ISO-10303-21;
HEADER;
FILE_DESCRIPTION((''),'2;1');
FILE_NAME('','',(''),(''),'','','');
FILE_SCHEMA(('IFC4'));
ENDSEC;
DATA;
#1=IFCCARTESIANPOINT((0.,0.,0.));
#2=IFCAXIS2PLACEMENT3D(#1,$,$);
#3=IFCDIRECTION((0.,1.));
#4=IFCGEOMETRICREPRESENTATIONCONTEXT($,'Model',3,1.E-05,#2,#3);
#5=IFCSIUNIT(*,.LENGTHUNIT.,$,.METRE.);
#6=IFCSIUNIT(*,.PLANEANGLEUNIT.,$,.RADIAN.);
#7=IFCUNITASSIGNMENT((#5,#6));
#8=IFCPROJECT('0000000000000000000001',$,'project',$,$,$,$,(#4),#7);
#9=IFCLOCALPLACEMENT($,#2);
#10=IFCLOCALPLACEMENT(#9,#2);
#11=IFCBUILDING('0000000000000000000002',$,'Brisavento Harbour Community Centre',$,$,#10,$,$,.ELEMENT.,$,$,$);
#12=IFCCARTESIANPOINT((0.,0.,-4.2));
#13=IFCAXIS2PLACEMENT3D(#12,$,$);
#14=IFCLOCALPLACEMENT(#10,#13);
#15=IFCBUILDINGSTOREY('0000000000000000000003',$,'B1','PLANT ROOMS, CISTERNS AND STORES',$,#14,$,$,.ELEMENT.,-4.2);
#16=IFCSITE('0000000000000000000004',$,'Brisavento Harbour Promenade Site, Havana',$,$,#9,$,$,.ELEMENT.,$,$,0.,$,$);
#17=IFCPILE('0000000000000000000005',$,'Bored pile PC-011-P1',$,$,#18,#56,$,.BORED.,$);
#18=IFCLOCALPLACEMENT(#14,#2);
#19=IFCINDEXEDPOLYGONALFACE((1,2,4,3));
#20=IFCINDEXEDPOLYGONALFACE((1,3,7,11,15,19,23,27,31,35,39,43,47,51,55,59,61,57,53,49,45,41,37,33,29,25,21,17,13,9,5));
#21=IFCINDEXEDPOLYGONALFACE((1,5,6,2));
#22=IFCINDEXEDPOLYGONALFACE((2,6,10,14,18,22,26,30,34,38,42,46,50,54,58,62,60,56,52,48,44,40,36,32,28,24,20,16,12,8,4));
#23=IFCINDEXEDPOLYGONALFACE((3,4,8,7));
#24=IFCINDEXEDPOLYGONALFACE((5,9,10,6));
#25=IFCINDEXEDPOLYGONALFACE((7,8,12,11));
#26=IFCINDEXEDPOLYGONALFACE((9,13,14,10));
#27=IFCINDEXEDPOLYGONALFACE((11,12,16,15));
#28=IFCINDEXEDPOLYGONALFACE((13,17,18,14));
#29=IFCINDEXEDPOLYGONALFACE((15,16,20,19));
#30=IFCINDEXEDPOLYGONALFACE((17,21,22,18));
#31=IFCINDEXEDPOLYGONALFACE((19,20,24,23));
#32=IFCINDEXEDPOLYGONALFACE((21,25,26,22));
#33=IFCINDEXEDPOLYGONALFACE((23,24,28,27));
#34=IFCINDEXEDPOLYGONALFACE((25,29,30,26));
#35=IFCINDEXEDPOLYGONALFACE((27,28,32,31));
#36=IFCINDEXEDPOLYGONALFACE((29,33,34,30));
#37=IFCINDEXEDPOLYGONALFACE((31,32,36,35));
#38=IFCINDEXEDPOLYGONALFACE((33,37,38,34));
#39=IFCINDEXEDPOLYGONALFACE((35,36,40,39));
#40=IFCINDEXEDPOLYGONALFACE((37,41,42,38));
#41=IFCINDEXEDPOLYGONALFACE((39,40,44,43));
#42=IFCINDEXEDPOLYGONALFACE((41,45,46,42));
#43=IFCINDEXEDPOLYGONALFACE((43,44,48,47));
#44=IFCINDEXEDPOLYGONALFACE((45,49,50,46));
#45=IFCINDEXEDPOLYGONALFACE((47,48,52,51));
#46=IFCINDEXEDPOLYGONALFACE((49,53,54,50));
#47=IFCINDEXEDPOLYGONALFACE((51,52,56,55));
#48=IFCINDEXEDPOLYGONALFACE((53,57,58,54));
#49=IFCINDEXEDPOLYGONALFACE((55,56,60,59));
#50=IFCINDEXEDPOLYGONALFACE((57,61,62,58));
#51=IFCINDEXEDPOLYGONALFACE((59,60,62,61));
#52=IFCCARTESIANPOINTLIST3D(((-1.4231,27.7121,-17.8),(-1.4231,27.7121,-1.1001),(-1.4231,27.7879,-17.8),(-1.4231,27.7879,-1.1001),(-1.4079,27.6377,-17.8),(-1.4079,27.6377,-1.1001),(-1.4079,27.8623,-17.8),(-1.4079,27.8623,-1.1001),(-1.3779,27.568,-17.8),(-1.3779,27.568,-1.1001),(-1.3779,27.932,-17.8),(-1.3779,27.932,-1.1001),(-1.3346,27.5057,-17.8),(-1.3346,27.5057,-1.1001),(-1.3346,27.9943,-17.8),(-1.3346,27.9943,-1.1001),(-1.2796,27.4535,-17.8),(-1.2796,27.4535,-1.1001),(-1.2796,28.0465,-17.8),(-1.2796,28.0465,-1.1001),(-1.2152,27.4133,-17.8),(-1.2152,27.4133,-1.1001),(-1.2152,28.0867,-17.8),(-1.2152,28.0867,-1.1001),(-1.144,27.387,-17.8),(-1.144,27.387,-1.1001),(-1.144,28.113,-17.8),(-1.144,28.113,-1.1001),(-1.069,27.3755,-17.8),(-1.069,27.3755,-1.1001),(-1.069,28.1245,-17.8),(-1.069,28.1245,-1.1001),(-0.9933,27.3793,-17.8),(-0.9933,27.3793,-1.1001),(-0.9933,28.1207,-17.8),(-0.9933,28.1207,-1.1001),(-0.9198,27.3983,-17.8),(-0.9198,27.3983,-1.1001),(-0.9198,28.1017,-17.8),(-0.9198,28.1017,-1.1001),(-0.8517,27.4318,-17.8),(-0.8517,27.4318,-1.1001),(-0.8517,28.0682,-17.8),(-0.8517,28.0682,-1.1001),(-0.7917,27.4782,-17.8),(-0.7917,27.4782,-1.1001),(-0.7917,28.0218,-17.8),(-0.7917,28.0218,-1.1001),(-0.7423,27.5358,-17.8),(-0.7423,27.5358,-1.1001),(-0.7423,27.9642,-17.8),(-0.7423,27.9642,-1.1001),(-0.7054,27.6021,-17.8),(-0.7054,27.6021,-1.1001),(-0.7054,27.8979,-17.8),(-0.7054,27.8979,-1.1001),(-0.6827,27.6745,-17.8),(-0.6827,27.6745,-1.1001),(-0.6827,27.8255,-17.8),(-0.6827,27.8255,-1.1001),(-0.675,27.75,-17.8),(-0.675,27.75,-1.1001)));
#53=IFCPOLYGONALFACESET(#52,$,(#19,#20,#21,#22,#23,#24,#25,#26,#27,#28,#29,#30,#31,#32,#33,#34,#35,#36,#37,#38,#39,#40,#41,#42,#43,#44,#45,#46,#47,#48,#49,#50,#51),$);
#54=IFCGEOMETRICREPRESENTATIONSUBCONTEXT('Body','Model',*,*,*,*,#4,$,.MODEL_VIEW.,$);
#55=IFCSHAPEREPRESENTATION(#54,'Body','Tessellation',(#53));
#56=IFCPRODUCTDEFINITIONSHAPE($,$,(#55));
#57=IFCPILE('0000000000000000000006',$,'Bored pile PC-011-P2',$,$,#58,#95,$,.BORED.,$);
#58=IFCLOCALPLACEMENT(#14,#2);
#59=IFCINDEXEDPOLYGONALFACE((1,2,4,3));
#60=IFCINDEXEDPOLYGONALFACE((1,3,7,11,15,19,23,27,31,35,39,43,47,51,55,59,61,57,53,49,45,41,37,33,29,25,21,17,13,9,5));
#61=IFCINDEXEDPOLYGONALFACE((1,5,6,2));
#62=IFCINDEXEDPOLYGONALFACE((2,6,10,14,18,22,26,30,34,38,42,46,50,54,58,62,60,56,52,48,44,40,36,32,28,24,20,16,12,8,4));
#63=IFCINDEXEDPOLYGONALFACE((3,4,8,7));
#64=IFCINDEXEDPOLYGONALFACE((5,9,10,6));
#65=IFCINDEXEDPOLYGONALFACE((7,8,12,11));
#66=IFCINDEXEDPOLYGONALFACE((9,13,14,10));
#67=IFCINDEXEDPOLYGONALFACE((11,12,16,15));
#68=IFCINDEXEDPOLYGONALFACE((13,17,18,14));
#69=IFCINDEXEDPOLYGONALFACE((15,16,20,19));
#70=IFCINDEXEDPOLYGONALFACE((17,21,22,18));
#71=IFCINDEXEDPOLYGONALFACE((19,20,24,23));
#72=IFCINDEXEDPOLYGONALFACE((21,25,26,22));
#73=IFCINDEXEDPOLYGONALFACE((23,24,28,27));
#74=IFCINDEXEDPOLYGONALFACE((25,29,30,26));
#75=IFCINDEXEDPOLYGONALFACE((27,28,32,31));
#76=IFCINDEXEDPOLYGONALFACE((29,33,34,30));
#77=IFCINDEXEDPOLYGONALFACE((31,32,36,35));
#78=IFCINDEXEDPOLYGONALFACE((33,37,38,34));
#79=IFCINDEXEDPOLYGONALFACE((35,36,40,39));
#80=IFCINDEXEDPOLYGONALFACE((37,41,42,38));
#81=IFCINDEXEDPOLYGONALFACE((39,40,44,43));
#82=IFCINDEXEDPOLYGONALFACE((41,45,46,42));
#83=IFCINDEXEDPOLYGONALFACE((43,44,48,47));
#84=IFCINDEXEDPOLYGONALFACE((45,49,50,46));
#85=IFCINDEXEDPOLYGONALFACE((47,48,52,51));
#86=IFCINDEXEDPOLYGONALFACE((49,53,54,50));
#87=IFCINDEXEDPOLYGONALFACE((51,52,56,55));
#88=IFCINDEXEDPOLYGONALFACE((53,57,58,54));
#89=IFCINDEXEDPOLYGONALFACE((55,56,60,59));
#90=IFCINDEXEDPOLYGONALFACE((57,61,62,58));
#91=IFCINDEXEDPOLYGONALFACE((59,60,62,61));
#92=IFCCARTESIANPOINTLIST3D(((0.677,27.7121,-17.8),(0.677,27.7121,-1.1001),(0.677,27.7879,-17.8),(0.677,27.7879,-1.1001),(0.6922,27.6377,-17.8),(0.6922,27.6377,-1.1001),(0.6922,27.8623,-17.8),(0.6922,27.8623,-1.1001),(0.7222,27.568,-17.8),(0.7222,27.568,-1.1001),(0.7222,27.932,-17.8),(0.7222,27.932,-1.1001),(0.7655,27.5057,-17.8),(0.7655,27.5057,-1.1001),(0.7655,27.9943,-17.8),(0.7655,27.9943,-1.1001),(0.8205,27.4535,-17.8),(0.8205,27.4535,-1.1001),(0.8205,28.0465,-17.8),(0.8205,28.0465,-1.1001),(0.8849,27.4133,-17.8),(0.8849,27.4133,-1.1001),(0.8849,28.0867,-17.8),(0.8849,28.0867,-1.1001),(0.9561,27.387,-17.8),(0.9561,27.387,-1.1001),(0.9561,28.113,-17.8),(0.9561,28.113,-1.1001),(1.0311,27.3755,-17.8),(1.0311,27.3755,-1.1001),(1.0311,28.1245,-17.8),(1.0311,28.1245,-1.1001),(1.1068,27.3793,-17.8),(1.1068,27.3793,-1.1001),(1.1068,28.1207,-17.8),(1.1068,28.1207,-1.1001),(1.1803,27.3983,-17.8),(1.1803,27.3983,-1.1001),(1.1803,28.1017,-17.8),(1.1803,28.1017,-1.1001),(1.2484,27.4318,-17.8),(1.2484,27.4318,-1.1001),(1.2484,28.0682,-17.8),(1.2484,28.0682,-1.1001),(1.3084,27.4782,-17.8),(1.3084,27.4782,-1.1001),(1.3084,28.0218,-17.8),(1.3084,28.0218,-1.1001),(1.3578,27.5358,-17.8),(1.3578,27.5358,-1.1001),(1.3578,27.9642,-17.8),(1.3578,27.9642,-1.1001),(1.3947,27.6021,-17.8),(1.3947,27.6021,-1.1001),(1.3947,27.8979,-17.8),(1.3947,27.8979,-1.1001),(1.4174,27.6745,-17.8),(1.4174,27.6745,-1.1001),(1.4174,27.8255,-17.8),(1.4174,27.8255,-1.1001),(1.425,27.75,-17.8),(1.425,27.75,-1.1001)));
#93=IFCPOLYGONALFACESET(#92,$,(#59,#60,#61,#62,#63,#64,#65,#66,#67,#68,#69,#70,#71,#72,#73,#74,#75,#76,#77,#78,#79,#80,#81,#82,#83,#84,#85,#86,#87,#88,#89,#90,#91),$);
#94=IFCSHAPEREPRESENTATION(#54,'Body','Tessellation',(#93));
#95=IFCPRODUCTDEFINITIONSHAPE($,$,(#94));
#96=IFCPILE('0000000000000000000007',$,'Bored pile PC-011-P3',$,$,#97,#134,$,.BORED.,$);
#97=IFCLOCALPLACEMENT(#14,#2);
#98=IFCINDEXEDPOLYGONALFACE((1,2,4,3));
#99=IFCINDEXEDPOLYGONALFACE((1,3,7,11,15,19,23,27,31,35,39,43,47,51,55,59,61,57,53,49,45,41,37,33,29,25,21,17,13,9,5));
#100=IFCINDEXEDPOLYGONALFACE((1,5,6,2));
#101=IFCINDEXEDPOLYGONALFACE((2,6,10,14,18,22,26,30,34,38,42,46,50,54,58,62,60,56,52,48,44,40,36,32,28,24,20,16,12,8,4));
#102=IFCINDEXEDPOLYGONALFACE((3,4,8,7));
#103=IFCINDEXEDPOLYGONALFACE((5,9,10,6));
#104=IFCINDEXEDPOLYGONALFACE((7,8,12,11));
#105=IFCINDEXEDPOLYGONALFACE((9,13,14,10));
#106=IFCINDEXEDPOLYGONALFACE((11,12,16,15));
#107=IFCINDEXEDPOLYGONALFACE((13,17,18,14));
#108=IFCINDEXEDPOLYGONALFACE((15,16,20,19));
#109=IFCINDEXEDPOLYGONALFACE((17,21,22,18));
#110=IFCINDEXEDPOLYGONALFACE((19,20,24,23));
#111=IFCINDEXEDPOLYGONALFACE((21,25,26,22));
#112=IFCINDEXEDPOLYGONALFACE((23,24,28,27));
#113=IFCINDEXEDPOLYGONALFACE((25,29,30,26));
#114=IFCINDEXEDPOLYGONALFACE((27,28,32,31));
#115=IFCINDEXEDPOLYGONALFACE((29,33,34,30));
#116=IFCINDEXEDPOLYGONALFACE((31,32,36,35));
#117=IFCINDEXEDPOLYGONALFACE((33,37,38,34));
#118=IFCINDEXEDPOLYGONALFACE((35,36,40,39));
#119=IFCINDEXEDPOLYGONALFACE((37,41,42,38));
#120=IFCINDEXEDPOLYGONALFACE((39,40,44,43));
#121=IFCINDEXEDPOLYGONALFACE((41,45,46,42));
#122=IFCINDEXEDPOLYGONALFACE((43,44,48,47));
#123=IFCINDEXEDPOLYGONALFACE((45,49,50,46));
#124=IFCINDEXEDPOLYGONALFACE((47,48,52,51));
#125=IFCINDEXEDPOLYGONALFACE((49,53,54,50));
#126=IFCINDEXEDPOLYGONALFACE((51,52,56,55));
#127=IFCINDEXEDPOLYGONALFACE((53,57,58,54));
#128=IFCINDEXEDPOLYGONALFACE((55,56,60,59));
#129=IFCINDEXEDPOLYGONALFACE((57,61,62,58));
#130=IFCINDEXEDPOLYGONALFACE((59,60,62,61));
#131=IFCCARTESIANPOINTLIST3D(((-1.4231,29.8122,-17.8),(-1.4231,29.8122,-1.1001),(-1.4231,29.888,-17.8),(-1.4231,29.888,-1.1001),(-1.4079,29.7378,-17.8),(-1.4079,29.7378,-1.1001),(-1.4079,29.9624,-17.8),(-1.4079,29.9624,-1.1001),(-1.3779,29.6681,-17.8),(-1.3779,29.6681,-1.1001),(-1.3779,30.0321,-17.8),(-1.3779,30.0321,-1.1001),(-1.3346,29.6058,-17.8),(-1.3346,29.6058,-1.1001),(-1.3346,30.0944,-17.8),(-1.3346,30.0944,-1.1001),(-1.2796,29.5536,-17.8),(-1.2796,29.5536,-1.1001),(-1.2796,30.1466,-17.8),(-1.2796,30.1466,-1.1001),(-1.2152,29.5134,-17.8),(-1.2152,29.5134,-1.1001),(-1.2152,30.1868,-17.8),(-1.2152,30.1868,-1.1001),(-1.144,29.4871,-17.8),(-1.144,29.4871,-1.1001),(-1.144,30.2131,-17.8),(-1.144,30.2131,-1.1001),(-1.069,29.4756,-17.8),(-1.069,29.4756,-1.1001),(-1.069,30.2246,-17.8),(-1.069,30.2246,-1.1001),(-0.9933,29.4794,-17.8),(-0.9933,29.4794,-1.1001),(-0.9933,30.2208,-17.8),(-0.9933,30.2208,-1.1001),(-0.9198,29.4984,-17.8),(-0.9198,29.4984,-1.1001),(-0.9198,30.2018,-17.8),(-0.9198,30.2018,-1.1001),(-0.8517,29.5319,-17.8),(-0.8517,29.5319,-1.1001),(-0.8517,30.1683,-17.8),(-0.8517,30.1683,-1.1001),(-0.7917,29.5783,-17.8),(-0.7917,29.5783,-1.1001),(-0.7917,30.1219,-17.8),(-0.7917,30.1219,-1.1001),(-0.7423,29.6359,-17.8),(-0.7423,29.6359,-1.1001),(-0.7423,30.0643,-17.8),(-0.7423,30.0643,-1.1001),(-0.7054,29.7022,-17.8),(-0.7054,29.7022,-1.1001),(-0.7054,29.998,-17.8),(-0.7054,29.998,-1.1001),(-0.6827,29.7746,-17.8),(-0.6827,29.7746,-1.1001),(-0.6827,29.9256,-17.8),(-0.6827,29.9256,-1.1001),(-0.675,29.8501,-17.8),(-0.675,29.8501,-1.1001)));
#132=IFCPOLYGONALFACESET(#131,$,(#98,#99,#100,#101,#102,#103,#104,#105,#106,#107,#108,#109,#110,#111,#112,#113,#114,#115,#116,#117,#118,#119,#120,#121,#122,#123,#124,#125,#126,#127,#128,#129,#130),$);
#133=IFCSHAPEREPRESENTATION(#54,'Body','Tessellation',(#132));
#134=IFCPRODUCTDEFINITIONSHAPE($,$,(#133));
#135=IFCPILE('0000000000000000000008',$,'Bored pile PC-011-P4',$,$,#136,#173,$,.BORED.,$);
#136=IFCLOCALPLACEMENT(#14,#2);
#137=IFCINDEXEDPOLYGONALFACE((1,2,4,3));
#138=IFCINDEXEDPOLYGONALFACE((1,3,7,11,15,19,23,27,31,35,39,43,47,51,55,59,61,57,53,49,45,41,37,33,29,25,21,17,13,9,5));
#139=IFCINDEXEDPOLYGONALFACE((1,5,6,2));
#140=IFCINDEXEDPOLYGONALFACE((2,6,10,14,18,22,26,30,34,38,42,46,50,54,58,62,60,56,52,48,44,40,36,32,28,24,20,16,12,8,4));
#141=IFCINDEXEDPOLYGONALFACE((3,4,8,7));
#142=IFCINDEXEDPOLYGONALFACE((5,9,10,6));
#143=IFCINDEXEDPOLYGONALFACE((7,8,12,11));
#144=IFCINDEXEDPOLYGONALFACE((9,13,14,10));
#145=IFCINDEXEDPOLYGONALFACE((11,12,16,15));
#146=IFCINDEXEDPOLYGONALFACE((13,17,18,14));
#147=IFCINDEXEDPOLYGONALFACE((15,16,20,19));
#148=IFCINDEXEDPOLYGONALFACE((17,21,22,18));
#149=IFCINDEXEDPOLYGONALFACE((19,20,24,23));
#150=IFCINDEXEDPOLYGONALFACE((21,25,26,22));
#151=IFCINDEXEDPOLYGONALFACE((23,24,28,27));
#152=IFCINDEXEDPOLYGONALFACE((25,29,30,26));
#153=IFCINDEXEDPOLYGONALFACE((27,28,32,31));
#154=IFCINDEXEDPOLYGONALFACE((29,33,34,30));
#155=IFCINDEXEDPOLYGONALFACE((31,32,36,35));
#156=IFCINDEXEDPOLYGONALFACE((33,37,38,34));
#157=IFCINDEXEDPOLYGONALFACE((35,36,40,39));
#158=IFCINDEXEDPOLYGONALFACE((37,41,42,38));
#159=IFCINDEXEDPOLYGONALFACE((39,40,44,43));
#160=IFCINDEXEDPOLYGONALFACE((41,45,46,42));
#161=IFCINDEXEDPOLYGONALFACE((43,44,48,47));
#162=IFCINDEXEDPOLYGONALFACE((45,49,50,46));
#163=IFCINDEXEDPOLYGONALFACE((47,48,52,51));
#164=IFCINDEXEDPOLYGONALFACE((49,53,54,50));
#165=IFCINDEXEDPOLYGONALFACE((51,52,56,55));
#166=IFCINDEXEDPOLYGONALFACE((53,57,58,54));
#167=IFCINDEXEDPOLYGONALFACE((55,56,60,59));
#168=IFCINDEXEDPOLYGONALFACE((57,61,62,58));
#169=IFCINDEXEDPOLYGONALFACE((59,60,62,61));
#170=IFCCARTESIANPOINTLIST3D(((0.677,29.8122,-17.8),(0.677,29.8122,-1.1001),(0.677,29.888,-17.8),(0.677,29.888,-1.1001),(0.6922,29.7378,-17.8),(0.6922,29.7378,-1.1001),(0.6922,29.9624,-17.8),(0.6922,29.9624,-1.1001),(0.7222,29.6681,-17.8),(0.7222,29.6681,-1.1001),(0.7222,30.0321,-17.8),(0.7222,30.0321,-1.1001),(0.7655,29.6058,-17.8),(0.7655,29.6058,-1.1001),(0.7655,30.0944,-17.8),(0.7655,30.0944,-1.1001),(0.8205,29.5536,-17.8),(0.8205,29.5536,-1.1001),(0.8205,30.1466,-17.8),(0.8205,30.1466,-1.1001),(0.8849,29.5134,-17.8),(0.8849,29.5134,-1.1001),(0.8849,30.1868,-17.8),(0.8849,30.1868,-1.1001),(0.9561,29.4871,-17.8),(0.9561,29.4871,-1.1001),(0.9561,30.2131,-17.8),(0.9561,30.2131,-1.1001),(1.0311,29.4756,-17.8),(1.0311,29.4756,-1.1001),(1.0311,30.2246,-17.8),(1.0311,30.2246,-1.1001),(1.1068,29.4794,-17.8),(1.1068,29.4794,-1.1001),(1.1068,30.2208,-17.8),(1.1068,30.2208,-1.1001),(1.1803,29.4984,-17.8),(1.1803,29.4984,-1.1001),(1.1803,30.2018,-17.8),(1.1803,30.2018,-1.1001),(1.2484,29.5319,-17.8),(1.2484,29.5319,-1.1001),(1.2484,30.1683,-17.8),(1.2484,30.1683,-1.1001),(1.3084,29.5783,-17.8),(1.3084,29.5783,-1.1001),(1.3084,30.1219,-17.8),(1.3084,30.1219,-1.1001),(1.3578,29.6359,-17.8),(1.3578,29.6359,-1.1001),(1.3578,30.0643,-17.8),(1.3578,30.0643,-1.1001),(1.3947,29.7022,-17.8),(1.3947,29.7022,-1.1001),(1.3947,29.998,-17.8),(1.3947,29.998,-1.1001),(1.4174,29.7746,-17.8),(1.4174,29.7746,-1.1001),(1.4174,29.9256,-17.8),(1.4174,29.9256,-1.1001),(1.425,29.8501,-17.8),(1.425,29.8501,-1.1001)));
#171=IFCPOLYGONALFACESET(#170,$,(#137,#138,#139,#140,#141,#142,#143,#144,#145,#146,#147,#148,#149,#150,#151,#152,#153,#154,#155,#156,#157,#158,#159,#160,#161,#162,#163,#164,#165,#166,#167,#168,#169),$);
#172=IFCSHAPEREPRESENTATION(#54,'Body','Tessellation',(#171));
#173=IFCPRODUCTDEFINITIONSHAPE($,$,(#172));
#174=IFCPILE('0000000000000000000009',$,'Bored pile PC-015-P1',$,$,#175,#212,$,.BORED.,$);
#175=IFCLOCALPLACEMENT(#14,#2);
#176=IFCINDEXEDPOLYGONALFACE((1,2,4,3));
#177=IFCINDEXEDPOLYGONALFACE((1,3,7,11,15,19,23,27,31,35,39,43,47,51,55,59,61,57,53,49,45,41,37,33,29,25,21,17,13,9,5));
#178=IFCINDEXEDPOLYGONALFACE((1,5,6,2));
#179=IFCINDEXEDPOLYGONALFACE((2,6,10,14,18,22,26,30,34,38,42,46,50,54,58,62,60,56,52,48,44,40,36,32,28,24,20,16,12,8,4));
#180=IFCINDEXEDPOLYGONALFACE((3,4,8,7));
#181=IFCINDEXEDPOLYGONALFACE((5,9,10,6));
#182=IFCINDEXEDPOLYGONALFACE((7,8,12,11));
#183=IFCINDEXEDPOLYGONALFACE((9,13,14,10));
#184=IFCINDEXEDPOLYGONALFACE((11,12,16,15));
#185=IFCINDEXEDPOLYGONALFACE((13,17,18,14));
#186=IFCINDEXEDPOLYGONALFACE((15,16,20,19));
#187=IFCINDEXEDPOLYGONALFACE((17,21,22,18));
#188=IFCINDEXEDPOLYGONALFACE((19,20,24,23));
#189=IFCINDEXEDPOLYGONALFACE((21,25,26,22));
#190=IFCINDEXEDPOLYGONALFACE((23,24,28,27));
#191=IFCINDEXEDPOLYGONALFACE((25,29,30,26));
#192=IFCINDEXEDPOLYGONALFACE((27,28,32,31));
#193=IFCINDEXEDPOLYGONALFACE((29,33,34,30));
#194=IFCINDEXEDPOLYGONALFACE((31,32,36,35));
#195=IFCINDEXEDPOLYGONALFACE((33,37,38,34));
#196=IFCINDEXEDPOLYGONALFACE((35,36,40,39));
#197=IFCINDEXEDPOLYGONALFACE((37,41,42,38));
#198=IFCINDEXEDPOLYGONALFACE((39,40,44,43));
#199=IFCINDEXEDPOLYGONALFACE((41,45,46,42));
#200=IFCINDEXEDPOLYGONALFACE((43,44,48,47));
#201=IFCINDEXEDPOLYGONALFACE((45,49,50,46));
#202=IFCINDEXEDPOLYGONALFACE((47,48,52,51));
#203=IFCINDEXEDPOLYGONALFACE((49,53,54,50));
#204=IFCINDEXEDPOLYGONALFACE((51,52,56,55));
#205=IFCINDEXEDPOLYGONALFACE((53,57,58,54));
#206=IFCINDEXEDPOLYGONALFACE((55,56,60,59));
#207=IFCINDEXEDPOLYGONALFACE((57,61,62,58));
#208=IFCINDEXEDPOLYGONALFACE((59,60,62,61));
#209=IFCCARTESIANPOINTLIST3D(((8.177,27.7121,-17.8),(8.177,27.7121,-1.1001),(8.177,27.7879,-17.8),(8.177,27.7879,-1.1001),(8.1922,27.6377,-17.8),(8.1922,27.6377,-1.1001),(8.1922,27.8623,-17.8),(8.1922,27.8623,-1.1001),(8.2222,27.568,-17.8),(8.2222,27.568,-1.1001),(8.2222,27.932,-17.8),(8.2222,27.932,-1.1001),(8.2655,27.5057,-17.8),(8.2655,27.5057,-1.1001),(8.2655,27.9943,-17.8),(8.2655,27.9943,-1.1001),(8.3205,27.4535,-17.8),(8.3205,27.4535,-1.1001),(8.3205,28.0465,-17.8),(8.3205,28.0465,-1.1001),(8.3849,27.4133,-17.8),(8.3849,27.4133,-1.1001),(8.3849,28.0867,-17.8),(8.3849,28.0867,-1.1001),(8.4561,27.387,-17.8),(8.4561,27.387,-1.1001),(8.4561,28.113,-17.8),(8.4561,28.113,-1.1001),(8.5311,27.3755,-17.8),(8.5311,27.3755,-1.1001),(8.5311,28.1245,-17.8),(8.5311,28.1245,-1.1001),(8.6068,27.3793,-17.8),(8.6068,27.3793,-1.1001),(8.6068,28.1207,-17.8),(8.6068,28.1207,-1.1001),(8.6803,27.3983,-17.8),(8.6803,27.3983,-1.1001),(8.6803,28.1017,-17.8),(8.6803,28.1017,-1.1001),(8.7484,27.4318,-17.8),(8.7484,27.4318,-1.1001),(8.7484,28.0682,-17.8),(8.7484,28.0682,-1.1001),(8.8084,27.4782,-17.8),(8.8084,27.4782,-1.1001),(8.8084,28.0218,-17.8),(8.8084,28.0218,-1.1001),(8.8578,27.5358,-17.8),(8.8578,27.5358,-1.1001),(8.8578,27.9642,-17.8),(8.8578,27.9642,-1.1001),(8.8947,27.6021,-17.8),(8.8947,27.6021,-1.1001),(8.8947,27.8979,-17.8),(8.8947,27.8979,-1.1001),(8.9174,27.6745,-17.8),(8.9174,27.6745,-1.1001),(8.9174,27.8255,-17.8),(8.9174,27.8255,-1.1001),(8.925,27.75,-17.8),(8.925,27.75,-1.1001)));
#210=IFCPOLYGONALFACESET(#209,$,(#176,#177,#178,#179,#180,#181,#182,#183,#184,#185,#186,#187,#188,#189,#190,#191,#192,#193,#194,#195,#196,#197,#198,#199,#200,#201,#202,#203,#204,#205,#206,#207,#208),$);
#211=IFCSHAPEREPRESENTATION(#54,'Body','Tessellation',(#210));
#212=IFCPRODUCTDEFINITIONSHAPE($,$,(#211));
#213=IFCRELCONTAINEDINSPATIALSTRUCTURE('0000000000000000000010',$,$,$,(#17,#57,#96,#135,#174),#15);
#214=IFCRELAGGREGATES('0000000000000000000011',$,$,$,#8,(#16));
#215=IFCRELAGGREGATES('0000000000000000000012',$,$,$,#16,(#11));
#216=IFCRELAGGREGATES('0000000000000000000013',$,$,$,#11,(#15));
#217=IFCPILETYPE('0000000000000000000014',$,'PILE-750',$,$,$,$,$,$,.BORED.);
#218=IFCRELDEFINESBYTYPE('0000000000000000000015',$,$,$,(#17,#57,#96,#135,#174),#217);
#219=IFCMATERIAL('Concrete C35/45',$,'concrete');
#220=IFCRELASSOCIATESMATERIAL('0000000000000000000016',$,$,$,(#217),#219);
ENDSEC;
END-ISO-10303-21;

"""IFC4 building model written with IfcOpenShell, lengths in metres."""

from ifc_helpers import new_model, si_unit, direction, frame, origin, origin_2d, place, context, subcontext, project, spatial, circle, extrude, material, material_profile, profile_set, type_object, element, save


model = new_model("IFC4")

# Units and contexts
model_context = context("Model", 3, precision=1e-05, world=origin(), true_north=direction((0.0, 1.0)))
body_context = subcontext(model_context, "Body", "Model", "MODEL_VIEW")
ifc_project = project(units=[si_unit("LENGTHUNIT", "METRE"), si_unit("PLANEANGLEUNIT", "RADIAN")], contexts=[model_context])

# Site, building, storey
site_placement = place(None, origin())
site = spatial("IfcSite", under=ifc_project, at=site_placement, Name="Brisavento Harbour Promenade Site, Havana", CompositionType="ELEMENT", RefElevation=0.0)
building_placement = place(site_placement, origin())
building = spatial("IfcBuilding", under=site, at=building_placement, Name="Brisavento Harbour Community Centre", CompositionType="ELEMENT")
storey_placement = place(building_placement, frame((0.0, 0.0, -4.2)))
storey = spatial("IfcBuildingStorey", under=building, at=storey_placement, Name="B1", Description="PLANT ROOMS, CISTERNS AND STORES", CompositionType="ELEMENT", Elevation=-4.2)

# Shared definitions
ifc_material_1 = material(Name="Concrete C35/45", Category="concrete")

# Piles
ifc_material_profile_1 = material_profile(ifc_material_1, circle(Radius=0.375, at=origin_2d()), Name="Concrete C35/45")
ifc_profile_set_1 = profile_set([ifc_material_profile_1], Name="Concrete C35/45")
pile_type = type_object("IfcPileType", Name="PILE-750", PredefinedType="BORED", material=ifc_profile_set_1)
for number, where, z_axis, x_axis, name in (
    (1, (-1.05, 27.75, -1.1001), (0.0, 0.0, -1.0), (1.0, 0.0, 0.0), "Bored pile PC-011-P1"),
    (2, (1.05, 27.75, -1.1001), (0.0, 0.0, -1.0), (1.0, 0.0, 0.0), "Bored pile PC-011-P2"),
    (3, (-1.05, 29.8501, -1.1001), (0.0, 0.0, -1.0), (1.0, 0.0, 0.0), "Bored pile PC-011-P3"),
    (4, (1.05, 29.8501, -1.1001), (0.0, 0.0, -1.0), (1.0, 0.0, 0.0), "Bored pile PC-011-P4"),
    (5, (8.55, 27.75, -1.1001), (0.0, 0.0, -1.0), (1.0, 0.0, 0.0), "Bored pile PC-015-P1"),
):
    element("IfcPile", number, at=place(storey_placement, frame(where, z_axis=z_axis, x_axis=x_axis)), inside=storey, type_object=pile_type, Name=name, PredefinedType="BORED", context=body_context, shape_type="SweptSolid", body=[
        extrude(circle(Radius=0.375, at=origin_2d()), origin(), (0.0, 0.0, 1.0), 16.7),
    ])

save(model, "model.ifc")
